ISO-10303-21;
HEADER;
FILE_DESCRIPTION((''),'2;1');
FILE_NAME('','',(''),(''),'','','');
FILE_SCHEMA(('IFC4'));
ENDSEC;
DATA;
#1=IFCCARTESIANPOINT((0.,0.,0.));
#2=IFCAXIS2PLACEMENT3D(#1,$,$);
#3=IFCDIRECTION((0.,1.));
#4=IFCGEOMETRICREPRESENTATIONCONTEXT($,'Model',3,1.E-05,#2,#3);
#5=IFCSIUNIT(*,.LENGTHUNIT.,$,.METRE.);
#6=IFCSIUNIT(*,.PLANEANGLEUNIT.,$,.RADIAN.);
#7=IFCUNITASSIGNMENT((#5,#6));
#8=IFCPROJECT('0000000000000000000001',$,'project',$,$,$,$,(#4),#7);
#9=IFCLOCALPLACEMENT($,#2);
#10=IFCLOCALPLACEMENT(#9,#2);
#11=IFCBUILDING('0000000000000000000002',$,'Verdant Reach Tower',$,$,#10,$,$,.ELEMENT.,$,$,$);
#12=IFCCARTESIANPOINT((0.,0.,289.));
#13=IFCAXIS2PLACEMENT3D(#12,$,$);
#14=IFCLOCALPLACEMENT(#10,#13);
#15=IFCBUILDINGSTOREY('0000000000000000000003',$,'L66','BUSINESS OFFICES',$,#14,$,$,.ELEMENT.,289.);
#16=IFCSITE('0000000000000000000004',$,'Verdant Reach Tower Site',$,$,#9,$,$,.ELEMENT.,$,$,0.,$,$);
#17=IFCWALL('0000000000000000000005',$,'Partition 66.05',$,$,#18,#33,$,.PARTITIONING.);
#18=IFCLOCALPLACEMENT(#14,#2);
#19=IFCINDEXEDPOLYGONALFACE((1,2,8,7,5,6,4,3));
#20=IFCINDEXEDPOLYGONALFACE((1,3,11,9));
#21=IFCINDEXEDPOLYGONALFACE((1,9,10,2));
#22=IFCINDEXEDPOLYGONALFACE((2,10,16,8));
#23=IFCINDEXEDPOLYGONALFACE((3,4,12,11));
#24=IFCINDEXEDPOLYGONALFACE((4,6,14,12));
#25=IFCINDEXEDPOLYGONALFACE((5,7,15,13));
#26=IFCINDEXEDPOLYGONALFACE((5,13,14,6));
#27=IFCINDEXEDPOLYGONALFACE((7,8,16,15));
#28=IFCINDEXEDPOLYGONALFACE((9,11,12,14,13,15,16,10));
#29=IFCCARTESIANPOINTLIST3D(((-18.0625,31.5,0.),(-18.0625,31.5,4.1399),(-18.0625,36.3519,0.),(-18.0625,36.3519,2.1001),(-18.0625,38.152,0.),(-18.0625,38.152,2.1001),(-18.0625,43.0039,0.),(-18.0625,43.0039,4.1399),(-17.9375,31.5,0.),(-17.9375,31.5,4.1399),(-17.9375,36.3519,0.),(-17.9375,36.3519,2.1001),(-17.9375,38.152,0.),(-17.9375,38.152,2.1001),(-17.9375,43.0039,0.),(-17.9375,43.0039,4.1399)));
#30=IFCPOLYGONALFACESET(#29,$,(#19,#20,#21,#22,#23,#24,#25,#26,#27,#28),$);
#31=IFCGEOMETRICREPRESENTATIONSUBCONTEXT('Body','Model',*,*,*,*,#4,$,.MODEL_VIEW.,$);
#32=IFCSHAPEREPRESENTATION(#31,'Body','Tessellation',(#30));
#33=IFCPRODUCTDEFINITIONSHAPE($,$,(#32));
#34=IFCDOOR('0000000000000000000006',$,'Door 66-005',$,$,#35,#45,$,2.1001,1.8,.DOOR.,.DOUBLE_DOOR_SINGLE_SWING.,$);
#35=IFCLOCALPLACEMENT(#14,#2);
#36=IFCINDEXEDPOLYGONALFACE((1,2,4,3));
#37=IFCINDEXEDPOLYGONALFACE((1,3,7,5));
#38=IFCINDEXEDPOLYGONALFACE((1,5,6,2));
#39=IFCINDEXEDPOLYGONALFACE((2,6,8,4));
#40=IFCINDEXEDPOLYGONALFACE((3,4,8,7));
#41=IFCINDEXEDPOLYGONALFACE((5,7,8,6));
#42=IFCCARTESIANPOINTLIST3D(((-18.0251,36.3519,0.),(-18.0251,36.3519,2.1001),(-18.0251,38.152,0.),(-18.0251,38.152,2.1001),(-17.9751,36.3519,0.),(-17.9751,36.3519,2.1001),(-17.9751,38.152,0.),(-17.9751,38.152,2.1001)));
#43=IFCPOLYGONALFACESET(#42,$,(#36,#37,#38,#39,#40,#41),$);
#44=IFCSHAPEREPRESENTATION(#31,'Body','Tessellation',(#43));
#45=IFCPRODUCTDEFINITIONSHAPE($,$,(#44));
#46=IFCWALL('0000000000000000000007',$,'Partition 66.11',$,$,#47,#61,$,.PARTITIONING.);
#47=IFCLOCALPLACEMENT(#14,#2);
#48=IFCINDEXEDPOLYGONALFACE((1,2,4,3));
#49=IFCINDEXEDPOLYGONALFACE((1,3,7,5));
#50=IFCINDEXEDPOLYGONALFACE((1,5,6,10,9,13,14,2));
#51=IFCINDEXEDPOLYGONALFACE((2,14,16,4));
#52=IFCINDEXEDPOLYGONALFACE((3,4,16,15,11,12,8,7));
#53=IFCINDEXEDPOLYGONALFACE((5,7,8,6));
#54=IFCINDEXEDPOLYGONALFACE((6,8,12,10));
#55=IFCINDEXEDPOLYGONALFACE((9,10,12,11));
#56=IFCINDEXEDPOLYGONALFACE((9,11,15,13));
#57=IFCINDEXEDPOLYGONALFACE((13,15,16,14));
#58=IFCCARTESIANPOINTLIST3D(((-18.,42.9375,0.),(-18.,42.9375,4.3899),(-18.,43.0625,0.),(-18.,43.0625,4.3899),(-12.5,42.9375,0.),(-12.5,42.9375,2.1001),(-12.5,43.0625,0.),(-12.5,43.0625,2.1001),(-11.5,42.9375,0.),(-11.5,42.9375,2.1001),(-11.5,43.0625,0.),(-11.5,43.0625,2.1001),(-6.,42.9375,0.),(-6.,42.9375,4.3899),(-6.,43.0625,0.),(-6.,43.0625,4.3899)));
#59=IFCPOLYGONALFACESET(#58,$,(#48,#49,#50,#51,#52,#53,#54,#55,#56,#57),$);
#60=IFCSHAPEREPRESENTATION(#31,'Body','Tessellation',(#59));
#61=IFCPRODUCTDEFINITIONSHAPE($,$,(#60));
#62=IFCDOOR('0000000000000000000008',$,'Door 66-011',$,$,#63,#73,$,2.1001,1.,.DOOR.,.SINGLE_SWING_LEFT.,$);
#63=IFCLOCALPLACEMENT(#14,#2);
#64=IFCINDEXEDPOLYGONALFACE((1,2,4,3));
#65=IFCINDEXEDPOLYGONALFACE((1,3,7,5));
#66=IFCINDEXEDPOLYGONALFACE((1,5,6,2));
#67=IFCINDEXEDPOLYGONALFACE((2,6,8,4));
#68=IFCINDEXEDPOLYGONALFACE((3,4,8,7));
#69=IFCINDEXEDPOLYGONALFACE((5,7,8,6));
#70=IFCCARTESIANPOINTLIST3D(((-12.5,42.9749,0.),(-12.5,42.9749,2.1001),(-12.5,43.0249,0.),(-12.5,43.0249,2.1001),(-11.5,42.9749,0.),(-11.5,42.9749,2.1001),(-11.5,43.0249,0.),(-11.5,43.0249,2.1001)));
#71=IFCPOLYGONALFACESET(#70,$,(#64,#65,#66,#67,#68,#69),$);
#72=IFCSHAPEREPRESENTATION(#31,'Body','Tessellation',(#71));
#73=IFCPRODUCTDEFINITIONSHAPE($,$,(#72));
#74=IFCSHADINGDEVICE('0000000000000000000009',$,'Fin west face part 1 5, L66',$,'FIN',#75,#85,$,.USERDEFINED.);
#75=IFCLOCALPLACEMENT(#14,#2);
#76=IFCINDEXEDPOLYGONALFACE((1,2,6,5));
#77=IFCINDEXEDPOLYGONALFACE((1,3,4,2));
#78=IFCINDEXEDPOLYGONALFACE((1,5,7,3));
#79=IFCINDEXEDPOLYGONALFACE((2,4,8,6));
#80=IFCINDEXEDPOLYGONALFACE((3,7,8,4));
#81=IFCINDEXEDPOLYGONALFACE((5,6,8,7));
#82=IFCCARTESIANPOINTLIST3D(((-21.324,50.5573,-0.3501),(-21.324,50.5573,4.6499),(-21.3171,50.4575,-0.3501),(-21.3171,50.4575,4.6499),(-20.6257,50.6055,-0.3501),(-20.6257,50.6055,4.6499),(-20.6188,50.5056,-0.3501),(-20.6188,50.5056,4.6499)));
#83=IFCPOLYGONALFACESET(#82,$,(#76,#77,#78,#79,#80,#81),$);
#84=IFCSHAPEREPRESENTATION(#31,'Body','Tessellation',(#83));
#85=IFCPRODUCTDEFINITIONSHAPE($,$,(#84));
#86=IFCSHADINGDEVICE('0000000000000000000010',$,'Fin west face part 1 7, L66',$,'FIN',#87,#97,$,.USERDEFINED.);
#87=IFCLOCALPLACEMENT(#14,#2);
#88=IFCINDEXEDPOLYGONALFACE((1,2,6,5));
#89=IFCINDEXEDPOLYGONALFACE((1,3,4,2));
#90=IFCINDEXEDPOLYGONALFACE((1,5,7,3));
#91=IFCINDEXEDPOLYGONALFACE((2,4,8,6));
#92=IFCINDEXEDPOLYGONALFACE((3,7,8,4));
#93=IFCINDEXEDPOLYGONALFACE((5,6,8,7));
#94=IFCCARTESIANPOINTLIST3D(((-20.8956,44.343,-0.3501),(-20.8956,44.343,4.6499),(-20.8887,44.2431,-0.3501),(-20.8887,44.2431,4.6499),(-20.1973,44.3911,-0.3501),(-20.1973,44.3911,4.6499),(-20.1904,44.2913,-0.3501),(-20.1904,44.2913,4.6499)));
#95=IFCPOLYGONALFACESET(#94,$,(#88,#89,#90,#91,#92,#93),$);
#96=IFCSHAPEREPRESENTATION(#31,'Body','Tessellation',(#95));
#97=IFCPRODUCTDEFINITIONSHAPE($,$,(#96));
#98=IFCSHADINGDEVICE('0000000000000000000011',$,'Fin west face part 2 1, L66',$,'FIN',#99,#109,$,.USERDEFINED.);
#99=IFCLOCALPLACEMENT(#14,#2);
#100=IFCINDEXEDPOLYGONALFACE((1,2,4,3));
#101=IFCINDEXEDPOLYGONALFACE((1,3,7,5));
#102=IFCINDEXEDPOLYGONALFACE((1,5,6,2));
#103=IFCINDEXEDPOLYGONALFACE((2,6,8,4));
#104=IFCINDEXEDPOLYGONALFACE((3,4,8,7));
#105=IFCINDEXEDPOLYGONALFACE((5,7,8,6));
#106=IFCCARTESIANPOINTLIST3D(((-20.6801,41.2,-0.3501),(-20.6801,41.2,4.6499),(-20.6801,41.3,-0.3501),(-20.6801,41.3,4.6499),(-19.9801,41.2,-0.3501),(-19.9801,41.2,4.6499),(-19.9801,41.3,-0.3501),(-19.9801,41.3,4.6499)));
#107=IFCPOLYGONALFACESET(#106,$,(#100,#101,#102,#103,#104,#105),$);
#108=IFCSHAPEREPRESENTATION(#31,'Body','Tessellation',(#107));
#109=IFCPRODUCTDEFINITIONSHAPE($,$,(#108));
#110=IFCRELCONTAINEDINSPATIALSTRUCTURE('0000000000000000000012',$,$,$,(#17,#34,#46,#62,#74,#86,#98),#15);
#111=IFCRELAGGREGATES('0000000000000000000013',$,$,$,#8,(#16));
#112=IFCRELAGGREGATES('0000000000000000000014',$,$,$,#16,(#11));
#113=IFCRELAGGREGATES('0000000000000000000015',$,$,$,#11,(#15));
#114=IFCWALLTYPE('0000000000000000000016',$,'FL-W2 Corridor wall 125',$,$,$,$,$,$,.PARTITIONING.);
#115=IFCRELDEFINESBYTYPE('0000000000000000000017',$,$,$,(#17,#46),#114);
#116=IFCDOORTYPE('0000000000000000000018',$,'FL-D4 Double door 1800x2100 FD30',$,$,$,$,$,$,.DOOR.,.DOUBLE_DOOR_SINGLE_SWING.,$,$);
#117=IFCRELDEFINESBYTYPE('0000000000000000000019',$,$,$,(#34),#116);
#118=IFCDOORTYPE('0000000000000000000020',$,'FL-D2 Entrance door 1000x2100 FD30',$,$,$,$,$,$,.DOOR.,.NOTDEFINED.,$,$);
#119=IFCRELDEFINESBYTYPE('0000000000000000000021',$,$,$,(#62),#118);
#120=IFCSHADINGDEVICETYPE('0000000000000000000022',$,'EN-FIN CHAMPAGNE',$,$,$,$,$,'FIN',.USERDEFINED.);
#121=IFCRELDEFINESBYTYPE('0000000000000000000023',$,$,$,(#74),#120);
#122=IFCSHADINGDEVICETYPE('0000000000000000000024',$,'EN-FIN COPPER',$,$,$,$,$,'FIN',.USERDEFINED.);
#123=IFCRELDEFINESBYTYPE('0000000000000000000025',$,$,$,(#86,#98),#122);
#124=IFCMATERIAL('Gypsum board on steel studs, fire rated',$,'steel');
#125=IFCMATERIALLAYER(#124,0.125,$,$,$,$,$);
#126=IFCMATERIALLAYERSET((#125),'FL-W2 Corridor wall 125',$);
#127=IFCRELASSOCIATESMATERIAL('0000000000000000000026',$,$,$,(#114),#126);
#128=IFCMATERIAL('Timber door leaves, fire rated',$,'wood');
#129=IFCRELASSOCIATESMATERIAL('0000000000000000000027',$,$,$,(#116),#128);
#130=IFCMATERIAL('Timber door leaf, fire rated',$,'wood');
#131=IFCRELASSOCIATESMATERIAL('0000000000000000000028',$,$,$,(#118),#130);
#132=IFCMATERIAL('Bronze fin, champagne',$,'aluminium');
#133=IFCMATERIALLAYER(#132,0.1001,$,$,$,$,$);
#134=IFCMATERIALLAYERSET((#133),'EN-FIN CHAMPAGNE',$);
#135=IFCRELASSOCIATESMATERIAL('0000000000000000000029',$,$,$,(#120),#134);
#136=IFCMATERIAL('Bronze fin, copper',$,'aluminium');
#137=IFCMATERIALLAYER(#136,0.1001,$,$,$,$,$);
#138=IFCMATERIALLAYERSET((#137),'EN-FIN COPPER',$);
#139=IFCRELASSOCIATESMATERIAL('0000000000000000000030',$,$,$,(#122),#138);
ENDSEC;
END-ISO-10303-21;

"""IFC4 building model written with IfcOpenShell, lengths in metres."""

from ifc_helpers import new_model, si_unit, direction, frame, frame_2d, origin, origin_2d, place, context, subcontext, project, spatial, rectangle, extrude, material, layer, layer_set, type_object, element, fill, save


model = new_model("IFC4")

# Units and contexts
model_context = context("Model", 3, precision=1e-05, world=origin(), true_north=direction((0.0, 1.0)))
body_context = subcontext(model_context, "Body", "Model", "MODEL_VIEW")
ifc_project = project(units=[si_unit("LENGTHUNIT", "METRE"), si_unit("PLANEANGLEUNIT", "RADIAN")], contexts=[model_context])

# Site, building, storey
site_placement = place(None, origin())
site = spatial("IfcSite", under=ifc_project, at=site_placement, Name="Verdant Reach Tower Site", CompositionType="ELEMENT", RefElevation=0.0)
building_placement = place(site_placement, origin())
building = spatial("IfcBuilding", under=site, at=building_placement, Name="Verdant Reach Tower", CompositionType="ELEMENT")
storey_placement = place(building_placement, frame((0.0, 0.0, 289.0)))
storey = spatial("IfcBuildingStorey", under=building, at=storey_placement, Name="L66", Description="BUSINESS OFFICES", CompositionType="ELEMENT", Elevation=289.0)

# Walls, openings, doors
ifc_material_1 = material(Name="Gypsum board on steel studs, fire rated", Category="steel")
ifc_layer_1 = layer(ifc_material_1, 0.125)
ifc_layer_set_1 = layer_set([ifc_layer_1], Name="FL-W2 Corridor wall 125")
wall_type_1 = type_object("IfcWallType", Name="FL-W2 Corridor wall 125", PredefinedType="PARTITIONING", material=ifc_layer_set_1)
wall_1_placement = place(storey_placement, frame((-18.0, 43.0039, 0.0), z_axis=(0.0, 0.0, 1.0), x_axis=(0.0, -1.0, 0.0)))
wall_1 = element("IfcWall", 1, at=wall_1_placement, inside=storey, type_object=wall_type_1, Name="Partition 66.05", PredefinedType="PARTITIONING", context=body_context, shape_type="SweptSolid", body=[
    extrude(rectangle(XDim=11.5039, YDim=0.125, at=frame_2d((5.752, 0.0))), origin(), (0.0, 0.0, 1.0), 4.1399),
])
opening_1_placement = place(wall_1_placement, frame((4.8521, 0.0, 0.0)))
opening_1 = element("IfcOpeningElement", 2, at=opening_1_placement, cuts=wall_1, PredefinedType="OPENING", context=body_context, shape_type="SweptSolid", body=[
    extrude(rectangle(XDim=1.8, YDim=2.1001, at=frame_2d((0.8999, 1.05))), frame((0.0, 0.0725, 0.0), z_axis=(0.0, -1.0, 0.0), x_axis=(1.0, 0.0, 0.0)), (0.0, 0.0, 1.0), 0.145),
])
ifc_material_2 = material(Name="Timber door leaves, fire rated", Category="wood")
door_type_1 = type_object("IfcDoorType", Name="FL-D4 Double door 1800x2100 FD30", OperationType="DOUBLE_DOOR_SINGLE_SWING", PredefinedType="DOOR", material=ifc_material_2)
door_1_placement = place(opening_1_placement, origin())
door_1 = element("IfcDoor", 3, at=door_1_placement, inside=storey, type_object=door_type_1, Name="Door 66-005", OperationType="DOUBLE_DOOR_SINGLE_SWING", OverallHeight=2.1001, OverallWidth=1.8, PredefinedType="DOOR", context=body_context, shape_type="SweptSolid", body=[
    extrude(rectangle(XDim=1.8, YDim=2.1001, at=frame_2d((0.8999, 1.05))), frame((0.0, 0.0249, 0.0), z_axis=(0.0, -1.0, 0.0), x_axis=(1.0, 0.0, 0.0)), (0.0, 0.0, 1.0), 0.05),
])
fill(opening_1, door_1)
wall_2_placement = place(storey_placement, frame((-18.0, 43.0, 0.0), z_axis=(0.0, 0.0, 1.0), x_axis=(1.0, 0.0, 0.0)))
wall_2 = element("IfcWall", 4, at=wall_2_placement, inside=storey, type_object=wall_type_1, Name="Partition 66.11", PredefinedType="PARTITIONING", context=body_context, shape_type="SweptSolid", body=[
    extrude(rectangle(XDim=12.0, YDim=0.125, at=frame_2d((6.0, 0.0))), origin(), (0.0, 0.0, 1.0), 4.3899),
])
opening_2_placement = place(wall_2_placement, frame((5.5, 0.0, 0.0)))
opening_2 = element("IfcOpeningElement", 5, at=opening_2_placement, cuts=wall_2, PredefinedType="OPENING", context=body_context, shape_type="SweptSolid", body=[
    extrude(rectangle(XDim=1.0, YDim=2.1001, at=frame_2d((0.5, 1.05))), frame((0.0, 0.0725, 0.0), z_axis=(0.0, -1.0, 0.0), x_axis=(1.0, 0.0, 0.0)), (0.0, 0.0, 1.0), 0.145),
])
ifc_material_3 = material(Name="Timber door leaf, fire rated", Category="wood")
door_type_2 = type_object("IfcDoorType", Name="FL-D2 Entrance door 1000x2100 FD30", OperationType="NOTDEFINED", PredefinedType="DOOR", material=ifc_material_3)
door_2_placement = place(opening_2_placement, origin())
door_2 = element("IfcDoor", 6, at=door_2_placement, inside=storey, type_object=door_type_2, Name="Door 66-011", OperationType="SINGLE_SWING_LEFT", OverallHeight=2.1001, OverallWidth=1.0, PredefinedType="DOOR", context=body_context, shape_type="SweptSolid", body=[
    extrude(rectangle(XDim=1.0, YDim=2.1001, at=frame_2d((0.5, 1.05))), frame((0.0, 0.0249, 0.0), z_axis=(0.0, -1.0, 0.0), x_axis=(1.0, 0.0, 0.0)), (0.0, 0.0, 1.0), 0.05),
])
fill(opening_2, door_2)

# Shading devices
ifc_material_4 = material(Name="Bronze fin, champagne", Category="aluminium")
ifc_layer_2 = layer(ifc_material_4, 0.1001)
ifc_layer_set_2 = layer_set([ifc_layer_2], Name="EN-FIN CHAMPAGNE")
shading_device_type_1 = type_object("IfcShadingDeviceType", Name="EN-FIN CHAMPAGNE", ElementType="FIN", PredefinedType="USERDEFINED", material=ifc_layer_set_2)
shading_device_placement = place(storey_placement, frame((-20.9714, 50.5315, -0.3501), z_axis=(0.0, 0.0, 1.0), x_axis=(0.068802, -0.99763, 0.0)))
element("IfcShadingDevice", 7, at=shading_device_placement, inside=storey, type_object=shading_device_type_1, Name="Fin west face part 1 5, L66", ObjectType="FIN", PredefinedType="USERDEFINED", context=body_context, shape_type="SweptSolid", body=[
    extrude(rectangle(XDim=0.1001, YDim=0.7, at=origin_2d()), origin(), (0.0, 0.0, 1.0), 5.0),
])
ifc_material_5 = material(Name="Bronze fin, copper", Category="aluminium")
ifc_layer_3 = layer(ifc_material_5, 0.1001)
ifc_layer_set_3 = layer_set([ifc_layer_3], Name="EN-FIN COPPER")
shading_device_type_2 = type_object("IfcShadingDeviceType", Name="EN-FIN COPPER", ElementType="FIN", PredefinedType="USERDEFINED", material=ifc_layer_set_3)
for number, where, z_axis, x_axis, name in (
    (8, (-20.543, 44.3171, -0.3501), (0.0, 0.0, 1.0), (0.068802, -0.99763, 0.0), "Fin west face part 1 7, L66"),
    (9, (-20.3301, 41.25, -0.3501), (0.0, 0.0, 1.0), (0.0, -1.0, 0.0), "Fin west face part 2 1, L66"),
):
    element("IfcShadingDevice", number, at=place(storey_placement, frame(where, z_axis=z_axis, x_axis=x_axis)), inside=storey, type_object=shading_device_type_2, Name=name, ObjectType="FIN", PredefinedType="USERDEFINED", context=body_context, shape_type="SweptSolid", body=[
        extrude(rectangle(XDim=0.1001, YDim=0.7, at=origin_2d()), origin(), (0.0, 0.0, 1.0), 5.0),
    ])

save(model, "model.ifc")
